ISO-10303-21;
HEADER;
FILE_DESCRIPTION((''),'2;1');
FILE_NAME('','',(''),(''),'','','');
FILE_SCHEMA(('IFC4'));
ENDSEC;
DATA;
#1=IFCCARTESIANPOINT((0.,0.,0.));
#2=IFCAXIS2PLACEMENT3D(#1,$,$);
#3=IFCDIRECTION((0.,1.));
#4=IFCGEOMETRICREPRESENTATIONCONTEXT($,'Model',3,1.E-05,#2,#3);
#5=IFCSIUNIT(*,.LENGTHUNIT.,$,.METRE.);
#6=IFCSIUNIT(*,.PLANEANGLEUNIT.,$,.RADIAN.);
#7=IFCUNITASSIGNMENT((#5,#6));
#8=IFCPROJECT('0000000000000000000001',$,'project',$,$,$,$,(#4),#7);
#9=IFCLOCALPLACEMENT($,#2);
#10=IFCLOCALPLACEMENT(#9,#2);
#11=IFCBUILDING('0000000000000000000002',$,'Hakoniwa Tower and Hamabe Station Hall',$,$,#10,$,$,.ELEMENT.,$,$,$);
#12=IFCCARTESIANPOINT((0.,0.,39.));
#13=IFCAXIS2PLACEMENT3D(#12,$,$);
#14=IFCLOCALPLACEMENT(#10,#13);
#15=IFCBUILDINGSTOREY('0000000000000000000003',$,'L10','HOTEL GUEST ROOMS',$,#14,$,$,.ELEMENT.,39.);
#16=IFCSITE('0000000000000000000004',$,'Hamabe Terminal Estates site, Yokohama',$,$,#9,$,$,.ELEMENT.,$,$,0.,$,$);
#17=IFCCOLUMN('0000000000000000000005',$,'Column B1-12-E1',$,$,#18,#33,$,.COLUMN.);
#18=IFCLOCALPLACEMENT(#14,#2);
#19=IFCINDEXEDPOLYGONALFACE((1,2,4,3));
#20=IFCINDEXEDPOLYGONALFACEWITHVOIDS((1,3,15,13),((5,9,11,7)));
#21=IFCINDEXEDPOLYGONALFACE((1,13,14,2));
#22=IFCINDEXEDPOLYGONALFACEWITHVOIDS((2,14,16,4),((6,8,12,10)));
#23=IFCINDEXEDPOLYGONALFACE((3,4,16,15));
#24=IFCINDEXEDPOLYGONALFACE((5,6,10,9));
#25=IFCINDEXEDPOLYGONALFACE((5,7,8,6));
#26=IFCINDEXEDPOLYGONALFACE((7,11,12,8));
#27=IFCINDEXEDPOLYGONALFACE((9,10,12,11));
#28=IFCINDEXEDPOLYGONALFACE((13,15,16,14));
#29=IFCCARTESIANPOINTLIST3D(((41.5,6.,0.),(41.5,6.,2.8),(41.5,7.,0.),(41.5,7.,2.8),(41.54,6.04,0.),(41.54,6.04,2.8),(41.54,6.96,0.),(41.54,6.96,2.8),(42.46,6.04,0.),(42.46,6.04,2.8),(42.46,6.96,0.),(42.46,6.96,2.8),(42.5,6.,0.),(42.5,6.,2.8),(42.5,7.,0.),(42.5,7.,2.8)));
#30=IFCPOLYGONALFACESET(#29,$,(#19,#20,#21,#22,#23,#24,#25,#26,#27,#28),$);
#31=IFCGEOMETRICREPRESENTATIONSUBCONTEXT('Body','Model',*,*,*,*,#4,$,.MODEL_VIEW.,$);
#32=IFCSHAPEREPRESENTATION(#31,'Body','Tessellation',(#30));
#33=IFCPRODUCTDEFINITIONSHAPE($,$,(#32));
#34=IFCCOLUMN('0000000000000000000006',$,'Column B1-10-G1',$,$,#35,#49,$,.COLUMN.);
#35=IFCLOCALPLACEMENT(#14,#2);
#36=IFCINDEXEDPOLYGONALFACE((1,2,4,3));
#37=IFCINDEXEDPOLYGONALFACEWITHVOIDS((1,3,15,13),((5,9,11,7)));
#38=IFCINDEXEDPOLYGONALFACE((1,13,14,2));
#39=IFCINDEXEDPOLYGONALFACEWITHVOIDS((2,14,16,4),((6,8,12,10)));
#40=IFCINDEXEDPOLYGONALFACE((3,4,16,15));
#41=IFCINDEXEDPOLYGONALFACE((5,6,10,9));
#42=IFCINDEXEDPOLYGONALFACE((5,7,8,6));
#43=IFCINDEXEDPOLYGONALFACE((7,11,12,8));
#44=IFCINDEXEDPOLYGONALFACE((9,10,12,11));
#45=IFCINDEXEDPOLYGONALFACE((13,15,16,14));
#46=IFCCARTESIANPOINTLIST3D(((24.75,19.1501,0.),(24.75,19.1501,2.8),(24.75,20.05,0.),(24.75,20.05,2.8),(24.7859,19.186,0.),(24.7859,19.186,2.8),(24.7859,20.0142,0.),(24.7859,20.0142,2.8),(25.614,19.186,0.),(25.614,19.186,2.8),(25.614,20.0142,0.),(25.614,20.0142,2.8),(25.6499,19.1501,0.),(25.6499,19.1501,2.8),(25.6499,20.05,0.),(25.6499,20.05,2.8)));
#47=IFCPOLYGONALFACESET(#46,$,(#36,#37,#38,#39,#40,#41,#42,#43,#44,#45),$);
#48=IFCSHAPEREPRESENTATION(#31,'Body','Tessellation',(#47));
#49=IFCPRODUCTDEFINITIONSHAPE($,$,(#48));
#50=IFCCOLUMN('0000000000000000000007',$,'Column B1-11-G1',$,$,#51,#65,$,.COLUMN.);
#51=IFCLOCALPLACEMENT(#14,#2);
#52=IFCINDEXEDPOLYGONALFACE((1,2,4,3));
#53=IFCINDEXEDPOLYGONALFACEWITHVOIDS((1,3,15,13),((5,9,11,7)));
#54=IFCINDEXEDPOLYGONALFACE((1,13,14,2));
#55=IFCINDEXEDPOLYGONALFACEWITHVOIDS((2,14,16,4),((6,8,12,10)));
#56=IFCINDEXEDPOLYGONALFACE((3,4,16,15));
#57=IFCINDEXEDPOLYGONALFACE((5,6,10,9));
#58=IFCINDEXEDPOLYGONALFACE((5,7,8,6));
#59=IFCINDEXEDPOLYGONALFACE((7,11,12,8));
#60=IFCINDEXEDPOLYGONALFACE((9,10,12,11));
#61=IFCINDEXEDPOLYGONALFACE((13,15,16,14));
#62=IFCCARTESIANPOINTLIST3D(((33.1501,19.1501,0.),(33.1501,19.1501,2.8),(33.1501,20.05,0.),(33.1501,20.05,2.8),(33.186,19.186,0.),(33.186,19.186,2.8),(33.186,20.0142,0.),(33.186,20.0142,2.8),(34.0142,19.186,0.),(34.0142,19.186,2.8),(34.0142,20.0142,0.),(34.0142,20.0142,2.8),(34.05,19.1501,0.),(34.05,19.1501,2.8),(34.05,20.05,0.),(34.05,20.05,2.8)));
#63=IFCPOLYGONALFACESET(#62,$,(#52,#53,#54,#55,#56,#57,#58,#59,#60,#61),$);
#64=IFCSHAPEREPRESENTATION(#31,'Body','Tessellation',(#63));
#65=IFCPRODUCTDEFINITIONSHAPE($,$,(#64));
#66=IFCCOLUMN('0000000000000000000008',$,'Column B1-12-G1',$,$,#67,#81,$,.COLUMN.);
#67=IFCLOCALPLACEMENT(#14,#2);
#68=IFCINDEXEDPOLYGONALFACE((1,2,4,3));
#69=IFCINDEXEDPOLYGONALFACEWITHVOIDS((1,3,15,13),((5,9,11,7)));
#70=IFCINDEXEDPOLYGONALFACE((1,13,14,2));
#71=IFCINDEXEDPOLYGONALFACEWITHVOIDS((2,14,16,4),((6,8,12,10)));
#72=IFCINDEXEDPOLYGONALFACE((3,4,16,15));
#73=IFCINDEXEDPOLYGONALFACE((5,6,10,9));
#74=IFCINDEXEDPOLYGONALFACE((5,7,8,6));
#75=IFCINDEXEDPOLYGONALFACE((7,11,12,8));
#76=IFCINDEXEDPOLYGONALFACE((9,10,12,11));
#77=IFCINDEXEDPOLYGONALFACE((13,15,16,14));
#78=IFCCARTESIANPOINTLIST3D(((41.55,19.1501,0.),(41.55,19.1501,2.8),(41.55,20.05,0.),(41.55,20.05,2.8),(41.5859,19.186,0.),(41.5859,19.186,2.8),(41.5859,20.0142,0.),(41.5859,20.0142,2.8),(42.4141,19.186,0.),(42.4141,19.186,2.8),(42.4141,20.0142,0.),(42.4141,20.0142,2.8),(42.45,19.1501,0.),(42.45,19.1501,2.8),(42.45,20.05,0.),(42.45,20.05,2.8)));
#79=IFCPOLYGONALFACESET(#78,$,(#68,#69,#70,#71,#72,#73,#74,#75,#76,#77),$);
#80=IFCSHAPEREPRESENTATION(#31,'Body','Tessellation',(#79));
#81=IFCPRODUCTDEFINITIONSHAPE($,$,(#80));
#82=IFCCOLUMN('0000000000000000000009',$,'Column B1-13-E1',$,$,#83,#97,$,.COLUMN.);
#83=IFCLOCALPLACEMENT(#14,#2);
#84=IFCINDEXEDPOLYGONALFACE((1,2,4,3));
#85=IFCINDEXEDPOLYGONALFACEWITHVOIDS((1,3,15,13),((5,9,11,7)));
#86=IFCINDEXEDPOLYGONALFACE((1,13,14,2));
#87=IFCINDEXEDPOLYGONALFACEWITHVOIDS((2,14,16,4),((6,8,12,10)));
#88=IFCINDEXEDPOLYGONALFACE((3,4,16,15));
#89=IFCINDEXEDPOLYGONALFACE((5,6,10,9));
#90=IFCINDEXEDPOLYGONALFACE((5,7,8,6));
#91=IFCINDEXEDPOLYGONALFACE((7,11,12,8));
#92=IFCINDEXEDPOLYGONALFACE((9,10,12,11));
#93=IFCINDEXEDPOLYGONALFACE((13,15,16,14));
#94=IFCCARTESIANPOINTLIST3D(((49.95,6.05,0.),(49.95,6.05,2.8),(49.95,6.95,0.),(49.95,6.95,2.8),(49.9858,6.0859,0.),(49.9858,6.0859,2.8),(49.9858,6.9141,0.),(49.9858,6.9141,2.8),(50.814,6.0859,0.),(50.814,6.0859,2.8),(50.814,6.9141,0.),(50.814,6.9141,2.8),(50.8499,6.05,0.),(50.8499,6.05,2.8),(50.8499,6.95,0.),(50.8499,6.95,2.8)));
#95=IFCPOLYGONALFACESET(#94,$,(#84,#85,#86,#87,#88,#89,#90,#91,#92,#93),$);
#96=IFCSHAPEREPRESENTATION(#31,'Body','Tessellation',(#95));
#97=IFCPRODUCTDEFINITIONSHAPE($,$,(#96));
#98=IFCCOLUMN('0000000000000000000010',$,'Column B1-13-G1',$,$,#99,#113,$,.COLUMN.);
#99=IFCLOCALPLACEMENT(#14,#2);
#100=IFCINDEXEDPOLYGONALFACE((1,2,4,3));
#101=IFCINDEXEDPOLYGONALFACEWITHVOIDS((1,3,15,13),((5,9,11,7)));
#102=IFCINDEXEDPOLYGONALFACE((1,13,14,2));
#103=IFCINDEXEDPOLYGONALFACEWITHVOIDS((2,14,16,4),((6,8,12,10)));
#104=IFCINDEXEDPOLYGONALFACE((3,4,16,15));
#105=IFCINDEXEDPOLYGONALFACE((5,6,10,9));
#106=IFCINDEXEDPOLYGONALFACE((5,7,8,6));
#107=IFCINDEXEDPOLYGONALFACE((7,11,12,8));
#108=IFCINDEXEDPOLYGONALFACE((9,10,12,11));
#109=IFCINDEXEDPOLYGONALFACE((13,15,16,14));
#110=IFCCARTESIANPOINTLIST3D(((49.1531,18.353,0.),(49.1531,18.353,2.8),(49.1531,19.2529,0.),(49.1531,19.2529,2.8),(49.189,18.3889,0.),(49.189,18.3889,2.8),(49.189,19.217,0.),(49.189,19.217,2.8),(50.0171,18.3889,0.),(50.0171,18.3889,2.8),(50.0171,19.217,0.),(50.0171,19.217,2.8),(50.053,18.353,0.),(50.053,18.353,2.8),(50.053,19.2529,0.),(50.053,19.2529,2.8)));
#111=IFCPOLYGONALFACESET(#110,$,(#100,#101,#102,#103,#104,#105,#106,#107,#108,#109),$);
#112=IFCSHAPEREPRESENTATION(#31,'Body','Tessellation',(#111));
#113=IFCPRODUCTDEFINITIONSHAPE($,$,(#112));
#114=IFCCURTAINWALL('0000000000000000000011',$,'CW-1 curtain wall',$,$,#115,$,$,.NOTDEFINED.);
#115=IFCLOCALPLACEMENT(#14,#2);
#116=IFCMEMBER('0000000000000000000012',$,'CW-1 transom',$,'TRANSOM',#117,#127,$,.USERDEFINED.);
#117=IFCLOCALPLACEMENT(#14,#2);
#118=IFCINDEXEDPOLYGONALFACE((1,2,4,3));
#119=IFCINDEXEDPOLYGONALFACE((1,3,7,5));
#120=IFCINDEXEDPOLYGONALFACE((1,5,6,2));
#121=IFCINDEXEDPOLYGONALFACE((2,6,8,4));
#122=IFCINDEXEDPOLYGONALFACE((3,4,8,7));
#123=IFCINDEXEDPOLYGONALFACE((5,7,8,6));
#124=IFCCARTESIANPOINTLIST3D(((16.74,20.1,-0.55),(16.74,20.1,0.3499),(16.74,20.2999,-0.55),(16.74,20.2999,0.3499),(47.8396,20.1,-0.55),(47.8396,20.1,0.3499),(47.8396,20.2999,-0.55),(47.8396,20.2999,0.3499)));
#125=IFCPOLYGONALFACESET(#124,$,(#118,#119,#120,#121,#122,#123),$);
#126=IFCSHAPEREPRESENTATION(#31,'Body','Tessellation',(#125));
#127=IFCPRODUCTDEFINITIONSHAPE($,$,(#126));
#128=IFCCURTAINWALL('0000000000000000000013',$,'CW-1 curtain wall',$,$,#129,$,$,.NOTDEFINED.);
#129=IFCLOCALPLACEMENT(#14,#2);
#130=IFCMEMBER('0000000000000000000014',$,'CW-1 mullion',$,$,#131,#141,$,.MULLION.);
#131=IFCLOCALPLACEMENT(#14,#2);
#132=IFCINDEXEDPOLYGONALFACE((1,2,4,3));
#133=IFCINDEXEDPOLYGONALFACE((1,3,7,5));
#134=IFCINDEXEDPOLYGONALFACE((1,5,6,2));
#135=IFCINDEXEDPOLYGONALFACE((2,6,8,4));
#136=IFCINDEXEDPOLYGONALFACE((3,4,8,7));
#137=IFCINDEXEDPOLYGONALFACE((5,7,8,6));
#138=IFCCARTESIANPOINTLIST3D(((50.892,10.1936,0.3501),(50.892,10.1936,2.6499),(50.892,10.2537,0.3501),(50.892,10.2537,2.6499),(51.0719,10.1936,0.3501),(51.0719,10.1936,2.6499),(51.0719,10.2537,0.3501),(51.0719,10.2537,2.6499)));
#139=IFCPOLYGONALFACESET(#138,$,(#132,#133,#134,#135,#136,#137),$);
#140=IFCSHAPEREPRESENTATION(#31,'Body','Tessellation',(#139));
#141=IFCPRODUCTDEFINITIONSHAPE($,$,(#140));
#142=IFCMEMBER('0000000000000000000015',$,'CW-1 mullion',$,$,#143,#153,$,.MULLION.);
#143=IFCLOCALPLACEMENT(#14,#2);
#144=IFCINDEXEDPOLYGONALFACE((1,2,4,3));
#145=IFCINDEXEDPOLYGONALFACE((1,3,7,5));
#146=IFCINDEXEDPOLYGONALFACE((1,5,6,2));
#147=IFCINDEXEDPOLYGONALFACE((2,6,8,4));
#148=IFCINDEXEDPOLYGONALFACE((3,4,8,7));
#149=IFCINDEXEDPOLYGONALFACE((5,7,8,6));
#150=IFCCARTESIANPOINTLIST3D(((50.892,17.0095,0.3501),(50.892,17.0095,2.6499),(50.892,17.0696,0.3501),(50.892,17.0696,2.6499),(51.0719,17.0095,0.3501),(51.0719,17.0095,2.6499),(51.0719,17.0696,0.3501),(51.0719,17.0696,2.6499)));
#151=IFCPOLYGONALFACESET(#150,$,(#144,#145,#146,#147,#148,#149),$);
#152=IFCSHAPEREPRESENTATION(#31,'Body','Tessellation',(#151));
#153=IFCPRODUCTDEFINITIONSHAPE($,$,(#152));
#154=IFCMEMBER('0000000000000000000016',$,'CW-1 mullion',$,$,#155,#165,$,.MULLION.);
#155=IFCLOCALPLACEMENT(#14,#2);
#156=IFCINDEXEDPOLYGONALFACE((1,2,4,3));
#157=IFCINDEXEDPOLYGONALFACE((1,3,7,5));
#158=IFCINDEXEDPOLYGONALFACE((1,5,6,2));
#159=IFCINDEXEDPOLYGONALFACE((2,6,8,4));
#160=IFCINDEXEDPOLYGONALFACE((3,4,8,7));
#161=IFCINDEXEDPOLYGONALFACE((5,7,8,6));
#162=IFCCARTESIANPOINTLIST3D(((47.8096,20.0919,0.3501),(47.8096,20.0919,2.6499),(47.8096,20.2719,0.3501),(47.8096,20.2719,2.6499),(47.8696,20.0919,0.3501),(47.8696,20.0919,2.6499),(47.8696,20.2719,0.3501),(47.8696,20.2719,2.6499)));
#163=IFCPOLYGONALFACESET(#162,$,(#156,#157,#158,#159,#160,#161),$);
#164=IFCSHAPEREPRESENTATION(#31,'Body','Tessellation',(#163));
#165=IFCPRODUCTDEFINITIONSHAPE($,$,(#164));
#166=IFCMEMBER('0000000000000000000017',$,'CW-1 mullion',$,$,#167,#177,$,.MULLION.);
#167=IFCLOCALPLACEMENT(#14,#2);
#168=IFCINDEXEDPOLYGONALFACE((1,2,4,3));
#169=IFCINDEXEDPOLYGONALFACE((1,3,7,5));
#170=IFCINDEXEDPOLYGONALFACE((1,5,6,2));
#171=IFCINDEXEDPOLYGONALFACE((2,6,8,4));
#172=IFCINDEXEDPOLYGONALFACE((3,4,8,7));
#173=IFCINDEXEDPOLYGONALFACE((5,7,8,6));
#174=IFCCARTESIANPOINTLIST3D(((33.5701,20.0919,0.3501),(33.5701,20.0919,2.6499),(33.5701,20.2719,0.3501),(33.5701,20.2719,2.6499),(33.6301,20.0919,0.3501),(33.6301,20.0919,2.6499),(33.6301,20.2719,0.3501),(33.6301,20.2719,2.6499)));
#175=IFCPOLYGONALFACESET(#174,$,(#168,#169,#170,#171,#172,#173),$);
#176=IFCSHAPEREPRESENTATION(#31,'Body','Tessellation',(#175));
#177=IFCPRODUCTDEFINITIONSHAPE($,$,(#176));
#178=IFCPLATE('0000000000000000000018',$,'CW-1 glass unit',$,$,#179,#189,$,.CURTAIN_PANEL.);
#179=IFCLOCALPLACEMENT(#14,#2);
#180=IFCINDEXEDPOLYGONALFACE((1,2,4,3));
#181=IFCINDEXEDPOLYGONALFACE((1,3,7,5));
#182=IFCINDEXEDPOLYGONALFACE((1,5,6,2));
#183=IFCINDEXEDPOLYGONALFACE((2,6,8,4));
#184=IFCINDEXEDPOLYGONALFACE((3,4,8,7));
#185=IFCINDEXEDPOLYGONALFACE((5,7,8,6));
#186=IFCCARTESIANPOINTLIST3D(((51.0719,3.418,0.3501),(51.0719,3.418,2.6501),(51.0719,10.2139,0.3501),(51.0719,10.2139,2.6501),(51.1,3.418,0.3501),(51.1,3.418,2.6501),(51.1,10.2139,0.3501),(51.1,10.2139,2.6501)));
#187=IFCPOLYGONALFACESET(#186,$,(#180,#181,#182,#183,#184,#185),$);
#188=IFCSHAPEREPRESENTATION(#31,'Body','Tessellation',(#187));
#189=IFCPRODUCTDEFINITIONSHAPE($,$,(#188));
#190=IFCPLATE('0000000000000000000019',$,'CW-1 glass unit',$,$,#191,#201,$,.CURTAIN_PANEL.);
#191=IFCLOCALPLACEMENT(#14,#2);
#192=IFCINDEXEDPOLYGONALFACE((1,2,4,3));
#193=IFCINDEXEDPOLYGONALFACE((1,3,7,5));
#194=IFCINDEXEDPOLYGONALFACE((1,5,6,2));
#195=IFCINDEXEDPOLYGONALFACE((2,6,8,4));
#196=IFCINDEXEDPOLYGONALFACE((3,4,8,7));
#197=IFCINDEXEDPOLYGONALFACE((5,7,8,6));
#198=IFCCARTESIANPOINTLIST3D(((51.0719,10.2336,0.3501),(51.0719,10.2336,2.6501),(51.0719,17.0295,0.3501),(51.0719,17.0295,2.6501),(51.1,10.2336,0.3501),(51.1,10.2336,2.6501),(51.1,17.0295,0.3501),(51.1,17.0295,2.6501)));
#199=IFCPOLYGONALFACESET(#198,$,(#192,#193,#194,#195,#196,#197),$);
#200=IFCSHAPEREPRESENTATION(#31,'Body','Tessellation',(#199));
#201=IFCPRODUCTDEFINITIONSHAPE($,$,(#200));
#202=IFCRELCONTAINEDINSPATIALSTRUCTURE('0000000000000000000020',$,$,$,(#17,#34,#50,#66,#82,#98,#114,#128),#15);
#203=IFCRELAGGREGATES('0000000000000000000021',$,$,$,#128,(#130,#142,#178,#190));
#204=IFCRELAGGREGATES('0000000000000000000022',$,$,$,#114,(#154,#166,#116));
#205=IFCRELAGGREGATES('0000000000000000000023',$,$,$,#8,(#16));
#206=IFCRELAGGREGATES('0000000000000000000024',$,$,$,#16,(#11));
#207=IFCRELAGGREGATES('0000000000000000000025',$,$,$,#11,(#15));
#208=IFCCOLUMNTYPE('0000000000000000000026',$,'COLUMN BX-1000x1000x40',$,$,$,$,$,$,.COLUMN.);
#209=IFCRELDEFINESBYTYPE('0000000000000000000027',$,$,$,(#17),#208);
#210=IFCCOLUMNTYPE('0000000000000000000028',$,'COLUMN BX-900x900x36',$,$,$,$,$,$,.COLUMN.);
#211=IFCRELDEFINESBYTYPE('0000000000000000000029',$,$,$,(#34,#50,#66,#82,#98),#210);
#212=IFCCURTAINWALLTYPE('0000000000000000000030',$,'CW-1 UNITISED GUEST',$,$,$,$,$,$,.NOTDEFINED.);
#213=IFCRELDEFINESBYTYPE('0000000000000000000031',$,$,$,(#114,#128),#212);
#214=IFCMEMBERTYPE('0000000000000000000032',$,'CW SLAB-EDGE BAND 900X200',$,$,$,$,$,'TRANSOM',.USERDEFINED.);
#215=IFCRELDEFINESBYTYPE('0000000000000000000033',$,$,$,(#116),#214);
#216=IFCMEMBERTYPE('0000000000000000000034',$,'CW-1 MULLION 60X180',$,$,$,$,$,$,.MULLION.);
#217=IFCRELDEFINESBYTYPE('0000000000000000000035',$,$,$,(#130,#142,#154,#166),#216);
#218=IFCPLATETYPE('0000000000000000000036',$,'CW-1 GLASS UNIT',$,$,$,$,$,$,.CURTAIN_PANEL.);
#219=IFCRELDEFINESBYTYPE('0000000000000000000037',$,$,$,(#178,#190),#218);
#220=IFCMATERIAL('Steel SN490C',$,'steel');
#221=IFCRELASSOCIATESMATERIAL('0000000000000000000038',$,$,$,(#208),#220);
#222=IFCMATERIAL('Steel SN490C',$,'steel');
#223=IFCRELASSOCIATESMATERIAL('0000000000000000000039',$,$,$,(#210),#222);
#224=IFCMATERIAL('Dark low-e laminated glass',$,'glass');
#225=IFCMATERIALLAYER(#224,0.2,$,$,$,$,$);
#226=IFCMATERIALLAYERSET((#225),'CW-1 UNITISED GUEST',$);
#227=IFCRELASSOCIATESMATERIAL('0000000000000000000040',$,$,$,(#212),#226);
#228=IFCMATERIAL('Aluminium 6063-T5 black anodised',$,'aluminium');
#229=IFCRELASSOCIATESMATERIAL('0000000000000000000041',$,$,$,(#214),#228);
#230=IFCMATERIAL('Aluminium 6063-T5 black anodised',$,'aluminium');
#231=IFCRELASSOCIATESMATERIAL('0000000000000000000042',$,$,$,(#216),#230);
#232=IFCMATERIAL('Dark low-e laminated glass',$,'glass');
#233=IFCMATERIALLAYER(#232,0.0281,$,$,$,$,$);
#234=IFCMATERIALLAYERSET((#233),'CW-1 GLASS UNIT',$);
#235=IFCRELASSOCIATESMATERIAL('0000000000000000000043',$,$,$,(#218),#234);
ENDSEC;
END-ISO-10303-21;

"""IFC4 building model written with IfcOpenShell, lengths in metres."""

from ifc_helpers import new_model, si_unit, direction, frame, origin, origin_2d, place, context, subcontext, project, spatial, rectangle, hollow_rectangle, extrude, material, layer, layer_set, material_profile, profile_set, type_object, element, aggregate, save


model = new_model("IFC4")

# Units and contexts
model_context = context("Model", 3, precision=1e-05, world=origin(), true_north=direction((0.0, 1.0)))
body_context = subcontext(model_context, "Body", "Model", "MODEL_VIEW")
ifc_project = project(units=[si_unit("LENGTHUNIT", "METRE"), si_unit("PLANEANGLEUNIT", "RADIAN")], contexts=[model_context])

# Site, building, storey
site_placement = place(None, origin())
site = spatial("IfcSite", under=ifc_project, at=site_placement, Name="Hamabe Terminal Estates site, Yokohama", CompositionType="ELEMENT", RefElevation=0.0)
building_placement = place(site_placement, origin())
building = spatial("IfcBuilding", under=site, at=building_placement, Name="Hakoniwa Tower and Hamabe Station Hall", CompositionType="ELEMENT")
storey_placement = place(building_placement, frame((0.0, 0.0, 39.0)))
storey = spatial("IfcBuildingStorey", under=building, at=storey_placement, Name="L10", Description="HOTEL GUEST ROOMS", CompositionType="ELEMENT", Elevation=39.0)

# Columns
ifc_material_1 = material(Name="Steel SN490C", Category="steel")
ifc_material_profile_1 = material_profile(ifc_material_1, hollow_rectangle(XDim=1.0, YDim=1.0, WallThickness=0.04, at=origin_2d()), Name="BX-1000x1000x40")
ifc_profile_set_1 = profile_set([ifc_material_profile_1], Name="Steel SN490C")
column_type_1 = type_object("IfcColumnType", Name="COLUMN BX-1000x1000x40", PredefinedType="COLUMN", material=ifc_profile_set_1)
column_placement = place(storey_placement, frame((42.0, 6.5, 0.0), z_axis=(0.0, 0.0, 1.0), x_axis=(1.0, 0.0, 0.0)))
element("IfcColumn", 1, at=column_placement, inside=storey, type_object=column_type_1, Name="Column B1-12-E1", PredefinedType="COLUMN", context=body_context, shape_type="SweptSolid", body=[
    extrude(hollow_rectangle(XDim=1.0, YDim=1.0, WallThickness=0.04, at=origin_2d()), origin(), (0.0, 0.0, 1.0), 2.8),
])
ifc_material_2 = material(Name="Steel SN490C", Category="steel")
ifc_material_profile_2 = material_profile(ifc_material_2, hollow_rectangle(XDim=0.8999, YDim=0.8999, WallThickness=0.0359, at=origin_2d()), Name="BX-900x900x36")
ifc_profile_set_2 = profile_set([ifc_material_profile_2], Name="Steel SN490C")
column_type_2 = type_object("IfcColumnType", Name="COLUMN BX-900x900x36", PredefinedType="COLUMN", material=ifc_profile_set_2)
for number, where, z_axis, x_axis, name in (
    (2, (25.2, 19.6001, 0.0), (0.0, 0.0, 1.0), (1.0, 0.0, 0.0), "Column B1-10-G1"),
    (3, (33.6001, 19.6001, 0.0), (0.0, 0.0, 1.0), (1.0, 0.0, 0.0), "Column B1-11-G1"),
    (4, (42.0, 19.6001, 0.0), (0.0, 0.0, 1.0), (1.0, 0.0, 0.0), "Column B1-12-G1"),
    (5, (50.3999, 6.5, 0.0), (0.0, 0.0, 1.0), (1.0, 0.0, 0.0), "Column B1-13-E1"),
    (6, (49.603, 18.803, 0.0), (0.0, 0.0, 1.0), (1.0, 0.0, 0.0), "Column B1-13-G1"),
):
    element("IfcColumn", number, at=place(storey_placement, frame(where, z_axis=z_axis, x_axis=x_axis)), inside=storey, type_object=column_type_2, Name=name, PredefinedType="COLUMN", context=body_context, shape_type="SweptSolid", body=[
        extrude(hollow_rectangle(XDim=0.8999, YDim=0.8999, WallThickness=0.0359, at=origin_2d()), origin(), (0.0, 0.0, 1.0), 2.8),
    ])

# Curtain wall, member
ifc_material_3 = material(Name="Dark low-e laminated glass", Category="glass")
ifc_layer_1 = layer(ifc_material_3, 0.2)
ifc_layer_set_1 = layer_set([ifc_layer_1], Name="CW-1 UNITISED GUEST")
curtain_wall_type = type_object("IfcCurtainWallType", Name="CW-1 UNITISED GUEST", PredefinedType="NOTDEFINED", material=ifc_layer_set_1)
curtain_wall_1_placement = place(storey_placement, origin())
curtain_wall_1 = element("IfcCurtainWall", 7, at=curtain_wall_1_placement, inside=storey, type_object=curtain_wall_type, Name="CW-1 curtain wall", PredefinedType="NOTDEFINED")
ifc_material_4 = material(Name="Aluminium 6063-T5 black anodised", Category="aluminium")
ifc_material_profile_3 = material_profile(ifc_material_4, rectangle(XDim=0.2, YDim=0.8999, at=origin_2d()), Name="CW SLAB-EDGE BAND 900X200")
ifc_profile_set_3 = profile_set([ifc_material_profile_3], Name="Aluminium 6063-T5 black anodised")
member_type_1 = type_object("IfcMemberType", Name="CW SLAB-EDGE BAND 900X200", ElementType="TRANSOM", PredefinedType="USERDEFINED", material=ifc_profile_set_3)
member_1_placement = place(storey_placement, frame((47.8396, 20.2, -0.1001), z_axis=(-1.0, 0.0, 0.0), x_axis=(0.0, -1.0, 0.0)))
member_1 = element("IfcMember", 8, at=member_1_placement, type_object=member_type_1, Name="CW-1 transom", ObjectType="TRANSOM", PredefinedType="USERDEFINED", context=body_context, shape_type="SweptSolid", body=[
    extrude(rectangle(XDim=0.2, YDim=0.8999, at=origin_2d()), origin(), (0.0, 0.0, 1.0), 31.0996),
])

# Curtain wall, members
curtain_wall_2_placement = place(storey_placement, origin())
curtain_wall_2 = element("IfcCurtainWall", 9, at=curtain_wall_2_placement, inside=storey, type_object=curtain_wall_type, Name="CW-1 curtain wall", PredefinedType="NOTDEFINED")
ifc_material_5 = material(Name="Aluminium 6063-T5 black anodised", Category="aluminium")
ifc_material_profile_4 = material_profile(ifc_material_5, rectangle(XDim=0.0601, YDim=0.1799, at=origin_2d()), Name="CW-1 MULLION 60X180")
ifc_profile_set_4 = profile_set([ifc_material_profile_4], Name="Aluminium 6063-T5 black anodised")
member_type_2 = type_object("IfcMemberType", Name="CW-1 MULLION 60X180", PredefinedType="MULLION", material=ifc_profile_set_4)
member_2_placement = place(storey_placement, frame((50.9819, 10.2236, 0.3501), z_axis=(0.0, 0.0, 1.0), x_axis=(0.0, 1.0, 0.0)))
member_2 = element("IfcMember", 10, at=member_2_placement, type_object=member_type_2, Name="CW-1 mullion", PredefinedType="MULLION", context=body_context, shape_type="SweptSolid", body=[
    extrude(rectangle(XDim=0.0601, YDim=0.1799, at=origin_2d()), origin(), (0.0, 0.0, 1.0), 2.2998),
])
member_3_placement = place(storey_placement, frame((50.9819, 17.0396, 0.3501), z_axis=(0.0, 0.0, 1.0), x_axis=(0.0, 1.0, 0.0)))
member_3 = element("IfcMember", 11, at=member_3_placement, type_object=member_type_2, Name="CW-1 mullion", PredefinedType="MULLION", context=body_context, shape_type="SweptSolid", body=[
    extrude(rectangle(XDim=0.0601, YDim=0.1799, at=origin_2d()), origin(), (0.0, 0.0, 1.0), 2.2998),
])

# Members
member_4_placement = place(storey_placement, frame((47.8396, 20.1819, 0.3501), z_axis=(0.0, 0.0, 1.0), x_axis=(-1.0, 0.0, 0.0)))
member_4 = element("IfcMember", 12, at=member_4_placement, type_object=member_type_2, Name="CW-1 mullion", PredefinedType="MULLION", context=body_context, shape_type="SweptSolid", body=[
    extrude(rectangle(XDim=0.0601, YDim=0.1799, at=origin_2d()), origin(), (0.0, 0.0, 1.0), 2.2998),
])
member_5_placement = place(storey_placement, frame((33.6001, 20.1819, 0.3501), z_axis=(0.0, 0.0, 1.0), x_axis=(-1.0, 0.0, 0.0)))
member_5 = element("IfcMember", 13, at=member_5_placement, type_object=member_type_2, Name="CW-1 mullion", PredefinedType="MULLION", context=body_context, shape_type="SweptSolid", body=[
    extrude(rectangle(XDim=0.0601, YDim=0.1799, at=origin_2d()), origin(), (0.0, 0.0, 1.0), 2.2998),
])

# Plates
ifc_material_6 = material(Name="Dark low-e laminated glass", Category="glass")
ifc_layer_2 = layer(ifc_material_6, 0.0281)
ifc_layer_set_2 = layer_set([ifc_layer_2], Name="CW-1 GLASS UNIT")
plate_type = type_object("IfcPlateType", Name="CW-1 GLASS UNIT", PredefinedType="CURTAIN_PANEL", material=ifc_layer_set_2)
plate_1_placement = place(storey_placement, frame((51.0859, 6.8159, 0.3501), z_axis=(0.0, 0.0, 1.0), x_axis=(0.0, 1.0, 0.0)))
plate_1 = element("IfcPlate", 14, at=plate_1_placement, type_object=plate_type, Name="CW-1 glass unit", PredefinedType="CURTAIN_PANEL", context=body_context, shape_type="SweptSolid", body=[
    extrude(rectangle(XDim=6.7959, YDim=0.0281, at=origin_2d()), origin(), (0.0, 0.0, 1.0), 2.3),
])
plate_2_placement = place(storey_placement, frame((51.0859, 13.6316, 0.3501), z_axis=(0.0, 0.0, 1.0), x_axis=(0.0, 1.0, 0.0)))
plate_2 = element("IfcPlate", 15, at=plate_2_placement, type_object=plate_type, Name="CW-1 glass unit", PredefinedType="CURTAIN_PANEL", context=body_context, shape_type="SweptSolid", body=[
    extrude(rectangle(XDim=6.7959, YDim=0.0281, at=origin_2d()), origin(), (0.0, 0.0, 1.0), 2.3),
])
aggregate(curtain_wall_2, [member_2, member_3, plate_1, plate_2])
aggregate(curtain_wall_1, [member_4, member_5, member_1])

save(model, "model.ifc")
